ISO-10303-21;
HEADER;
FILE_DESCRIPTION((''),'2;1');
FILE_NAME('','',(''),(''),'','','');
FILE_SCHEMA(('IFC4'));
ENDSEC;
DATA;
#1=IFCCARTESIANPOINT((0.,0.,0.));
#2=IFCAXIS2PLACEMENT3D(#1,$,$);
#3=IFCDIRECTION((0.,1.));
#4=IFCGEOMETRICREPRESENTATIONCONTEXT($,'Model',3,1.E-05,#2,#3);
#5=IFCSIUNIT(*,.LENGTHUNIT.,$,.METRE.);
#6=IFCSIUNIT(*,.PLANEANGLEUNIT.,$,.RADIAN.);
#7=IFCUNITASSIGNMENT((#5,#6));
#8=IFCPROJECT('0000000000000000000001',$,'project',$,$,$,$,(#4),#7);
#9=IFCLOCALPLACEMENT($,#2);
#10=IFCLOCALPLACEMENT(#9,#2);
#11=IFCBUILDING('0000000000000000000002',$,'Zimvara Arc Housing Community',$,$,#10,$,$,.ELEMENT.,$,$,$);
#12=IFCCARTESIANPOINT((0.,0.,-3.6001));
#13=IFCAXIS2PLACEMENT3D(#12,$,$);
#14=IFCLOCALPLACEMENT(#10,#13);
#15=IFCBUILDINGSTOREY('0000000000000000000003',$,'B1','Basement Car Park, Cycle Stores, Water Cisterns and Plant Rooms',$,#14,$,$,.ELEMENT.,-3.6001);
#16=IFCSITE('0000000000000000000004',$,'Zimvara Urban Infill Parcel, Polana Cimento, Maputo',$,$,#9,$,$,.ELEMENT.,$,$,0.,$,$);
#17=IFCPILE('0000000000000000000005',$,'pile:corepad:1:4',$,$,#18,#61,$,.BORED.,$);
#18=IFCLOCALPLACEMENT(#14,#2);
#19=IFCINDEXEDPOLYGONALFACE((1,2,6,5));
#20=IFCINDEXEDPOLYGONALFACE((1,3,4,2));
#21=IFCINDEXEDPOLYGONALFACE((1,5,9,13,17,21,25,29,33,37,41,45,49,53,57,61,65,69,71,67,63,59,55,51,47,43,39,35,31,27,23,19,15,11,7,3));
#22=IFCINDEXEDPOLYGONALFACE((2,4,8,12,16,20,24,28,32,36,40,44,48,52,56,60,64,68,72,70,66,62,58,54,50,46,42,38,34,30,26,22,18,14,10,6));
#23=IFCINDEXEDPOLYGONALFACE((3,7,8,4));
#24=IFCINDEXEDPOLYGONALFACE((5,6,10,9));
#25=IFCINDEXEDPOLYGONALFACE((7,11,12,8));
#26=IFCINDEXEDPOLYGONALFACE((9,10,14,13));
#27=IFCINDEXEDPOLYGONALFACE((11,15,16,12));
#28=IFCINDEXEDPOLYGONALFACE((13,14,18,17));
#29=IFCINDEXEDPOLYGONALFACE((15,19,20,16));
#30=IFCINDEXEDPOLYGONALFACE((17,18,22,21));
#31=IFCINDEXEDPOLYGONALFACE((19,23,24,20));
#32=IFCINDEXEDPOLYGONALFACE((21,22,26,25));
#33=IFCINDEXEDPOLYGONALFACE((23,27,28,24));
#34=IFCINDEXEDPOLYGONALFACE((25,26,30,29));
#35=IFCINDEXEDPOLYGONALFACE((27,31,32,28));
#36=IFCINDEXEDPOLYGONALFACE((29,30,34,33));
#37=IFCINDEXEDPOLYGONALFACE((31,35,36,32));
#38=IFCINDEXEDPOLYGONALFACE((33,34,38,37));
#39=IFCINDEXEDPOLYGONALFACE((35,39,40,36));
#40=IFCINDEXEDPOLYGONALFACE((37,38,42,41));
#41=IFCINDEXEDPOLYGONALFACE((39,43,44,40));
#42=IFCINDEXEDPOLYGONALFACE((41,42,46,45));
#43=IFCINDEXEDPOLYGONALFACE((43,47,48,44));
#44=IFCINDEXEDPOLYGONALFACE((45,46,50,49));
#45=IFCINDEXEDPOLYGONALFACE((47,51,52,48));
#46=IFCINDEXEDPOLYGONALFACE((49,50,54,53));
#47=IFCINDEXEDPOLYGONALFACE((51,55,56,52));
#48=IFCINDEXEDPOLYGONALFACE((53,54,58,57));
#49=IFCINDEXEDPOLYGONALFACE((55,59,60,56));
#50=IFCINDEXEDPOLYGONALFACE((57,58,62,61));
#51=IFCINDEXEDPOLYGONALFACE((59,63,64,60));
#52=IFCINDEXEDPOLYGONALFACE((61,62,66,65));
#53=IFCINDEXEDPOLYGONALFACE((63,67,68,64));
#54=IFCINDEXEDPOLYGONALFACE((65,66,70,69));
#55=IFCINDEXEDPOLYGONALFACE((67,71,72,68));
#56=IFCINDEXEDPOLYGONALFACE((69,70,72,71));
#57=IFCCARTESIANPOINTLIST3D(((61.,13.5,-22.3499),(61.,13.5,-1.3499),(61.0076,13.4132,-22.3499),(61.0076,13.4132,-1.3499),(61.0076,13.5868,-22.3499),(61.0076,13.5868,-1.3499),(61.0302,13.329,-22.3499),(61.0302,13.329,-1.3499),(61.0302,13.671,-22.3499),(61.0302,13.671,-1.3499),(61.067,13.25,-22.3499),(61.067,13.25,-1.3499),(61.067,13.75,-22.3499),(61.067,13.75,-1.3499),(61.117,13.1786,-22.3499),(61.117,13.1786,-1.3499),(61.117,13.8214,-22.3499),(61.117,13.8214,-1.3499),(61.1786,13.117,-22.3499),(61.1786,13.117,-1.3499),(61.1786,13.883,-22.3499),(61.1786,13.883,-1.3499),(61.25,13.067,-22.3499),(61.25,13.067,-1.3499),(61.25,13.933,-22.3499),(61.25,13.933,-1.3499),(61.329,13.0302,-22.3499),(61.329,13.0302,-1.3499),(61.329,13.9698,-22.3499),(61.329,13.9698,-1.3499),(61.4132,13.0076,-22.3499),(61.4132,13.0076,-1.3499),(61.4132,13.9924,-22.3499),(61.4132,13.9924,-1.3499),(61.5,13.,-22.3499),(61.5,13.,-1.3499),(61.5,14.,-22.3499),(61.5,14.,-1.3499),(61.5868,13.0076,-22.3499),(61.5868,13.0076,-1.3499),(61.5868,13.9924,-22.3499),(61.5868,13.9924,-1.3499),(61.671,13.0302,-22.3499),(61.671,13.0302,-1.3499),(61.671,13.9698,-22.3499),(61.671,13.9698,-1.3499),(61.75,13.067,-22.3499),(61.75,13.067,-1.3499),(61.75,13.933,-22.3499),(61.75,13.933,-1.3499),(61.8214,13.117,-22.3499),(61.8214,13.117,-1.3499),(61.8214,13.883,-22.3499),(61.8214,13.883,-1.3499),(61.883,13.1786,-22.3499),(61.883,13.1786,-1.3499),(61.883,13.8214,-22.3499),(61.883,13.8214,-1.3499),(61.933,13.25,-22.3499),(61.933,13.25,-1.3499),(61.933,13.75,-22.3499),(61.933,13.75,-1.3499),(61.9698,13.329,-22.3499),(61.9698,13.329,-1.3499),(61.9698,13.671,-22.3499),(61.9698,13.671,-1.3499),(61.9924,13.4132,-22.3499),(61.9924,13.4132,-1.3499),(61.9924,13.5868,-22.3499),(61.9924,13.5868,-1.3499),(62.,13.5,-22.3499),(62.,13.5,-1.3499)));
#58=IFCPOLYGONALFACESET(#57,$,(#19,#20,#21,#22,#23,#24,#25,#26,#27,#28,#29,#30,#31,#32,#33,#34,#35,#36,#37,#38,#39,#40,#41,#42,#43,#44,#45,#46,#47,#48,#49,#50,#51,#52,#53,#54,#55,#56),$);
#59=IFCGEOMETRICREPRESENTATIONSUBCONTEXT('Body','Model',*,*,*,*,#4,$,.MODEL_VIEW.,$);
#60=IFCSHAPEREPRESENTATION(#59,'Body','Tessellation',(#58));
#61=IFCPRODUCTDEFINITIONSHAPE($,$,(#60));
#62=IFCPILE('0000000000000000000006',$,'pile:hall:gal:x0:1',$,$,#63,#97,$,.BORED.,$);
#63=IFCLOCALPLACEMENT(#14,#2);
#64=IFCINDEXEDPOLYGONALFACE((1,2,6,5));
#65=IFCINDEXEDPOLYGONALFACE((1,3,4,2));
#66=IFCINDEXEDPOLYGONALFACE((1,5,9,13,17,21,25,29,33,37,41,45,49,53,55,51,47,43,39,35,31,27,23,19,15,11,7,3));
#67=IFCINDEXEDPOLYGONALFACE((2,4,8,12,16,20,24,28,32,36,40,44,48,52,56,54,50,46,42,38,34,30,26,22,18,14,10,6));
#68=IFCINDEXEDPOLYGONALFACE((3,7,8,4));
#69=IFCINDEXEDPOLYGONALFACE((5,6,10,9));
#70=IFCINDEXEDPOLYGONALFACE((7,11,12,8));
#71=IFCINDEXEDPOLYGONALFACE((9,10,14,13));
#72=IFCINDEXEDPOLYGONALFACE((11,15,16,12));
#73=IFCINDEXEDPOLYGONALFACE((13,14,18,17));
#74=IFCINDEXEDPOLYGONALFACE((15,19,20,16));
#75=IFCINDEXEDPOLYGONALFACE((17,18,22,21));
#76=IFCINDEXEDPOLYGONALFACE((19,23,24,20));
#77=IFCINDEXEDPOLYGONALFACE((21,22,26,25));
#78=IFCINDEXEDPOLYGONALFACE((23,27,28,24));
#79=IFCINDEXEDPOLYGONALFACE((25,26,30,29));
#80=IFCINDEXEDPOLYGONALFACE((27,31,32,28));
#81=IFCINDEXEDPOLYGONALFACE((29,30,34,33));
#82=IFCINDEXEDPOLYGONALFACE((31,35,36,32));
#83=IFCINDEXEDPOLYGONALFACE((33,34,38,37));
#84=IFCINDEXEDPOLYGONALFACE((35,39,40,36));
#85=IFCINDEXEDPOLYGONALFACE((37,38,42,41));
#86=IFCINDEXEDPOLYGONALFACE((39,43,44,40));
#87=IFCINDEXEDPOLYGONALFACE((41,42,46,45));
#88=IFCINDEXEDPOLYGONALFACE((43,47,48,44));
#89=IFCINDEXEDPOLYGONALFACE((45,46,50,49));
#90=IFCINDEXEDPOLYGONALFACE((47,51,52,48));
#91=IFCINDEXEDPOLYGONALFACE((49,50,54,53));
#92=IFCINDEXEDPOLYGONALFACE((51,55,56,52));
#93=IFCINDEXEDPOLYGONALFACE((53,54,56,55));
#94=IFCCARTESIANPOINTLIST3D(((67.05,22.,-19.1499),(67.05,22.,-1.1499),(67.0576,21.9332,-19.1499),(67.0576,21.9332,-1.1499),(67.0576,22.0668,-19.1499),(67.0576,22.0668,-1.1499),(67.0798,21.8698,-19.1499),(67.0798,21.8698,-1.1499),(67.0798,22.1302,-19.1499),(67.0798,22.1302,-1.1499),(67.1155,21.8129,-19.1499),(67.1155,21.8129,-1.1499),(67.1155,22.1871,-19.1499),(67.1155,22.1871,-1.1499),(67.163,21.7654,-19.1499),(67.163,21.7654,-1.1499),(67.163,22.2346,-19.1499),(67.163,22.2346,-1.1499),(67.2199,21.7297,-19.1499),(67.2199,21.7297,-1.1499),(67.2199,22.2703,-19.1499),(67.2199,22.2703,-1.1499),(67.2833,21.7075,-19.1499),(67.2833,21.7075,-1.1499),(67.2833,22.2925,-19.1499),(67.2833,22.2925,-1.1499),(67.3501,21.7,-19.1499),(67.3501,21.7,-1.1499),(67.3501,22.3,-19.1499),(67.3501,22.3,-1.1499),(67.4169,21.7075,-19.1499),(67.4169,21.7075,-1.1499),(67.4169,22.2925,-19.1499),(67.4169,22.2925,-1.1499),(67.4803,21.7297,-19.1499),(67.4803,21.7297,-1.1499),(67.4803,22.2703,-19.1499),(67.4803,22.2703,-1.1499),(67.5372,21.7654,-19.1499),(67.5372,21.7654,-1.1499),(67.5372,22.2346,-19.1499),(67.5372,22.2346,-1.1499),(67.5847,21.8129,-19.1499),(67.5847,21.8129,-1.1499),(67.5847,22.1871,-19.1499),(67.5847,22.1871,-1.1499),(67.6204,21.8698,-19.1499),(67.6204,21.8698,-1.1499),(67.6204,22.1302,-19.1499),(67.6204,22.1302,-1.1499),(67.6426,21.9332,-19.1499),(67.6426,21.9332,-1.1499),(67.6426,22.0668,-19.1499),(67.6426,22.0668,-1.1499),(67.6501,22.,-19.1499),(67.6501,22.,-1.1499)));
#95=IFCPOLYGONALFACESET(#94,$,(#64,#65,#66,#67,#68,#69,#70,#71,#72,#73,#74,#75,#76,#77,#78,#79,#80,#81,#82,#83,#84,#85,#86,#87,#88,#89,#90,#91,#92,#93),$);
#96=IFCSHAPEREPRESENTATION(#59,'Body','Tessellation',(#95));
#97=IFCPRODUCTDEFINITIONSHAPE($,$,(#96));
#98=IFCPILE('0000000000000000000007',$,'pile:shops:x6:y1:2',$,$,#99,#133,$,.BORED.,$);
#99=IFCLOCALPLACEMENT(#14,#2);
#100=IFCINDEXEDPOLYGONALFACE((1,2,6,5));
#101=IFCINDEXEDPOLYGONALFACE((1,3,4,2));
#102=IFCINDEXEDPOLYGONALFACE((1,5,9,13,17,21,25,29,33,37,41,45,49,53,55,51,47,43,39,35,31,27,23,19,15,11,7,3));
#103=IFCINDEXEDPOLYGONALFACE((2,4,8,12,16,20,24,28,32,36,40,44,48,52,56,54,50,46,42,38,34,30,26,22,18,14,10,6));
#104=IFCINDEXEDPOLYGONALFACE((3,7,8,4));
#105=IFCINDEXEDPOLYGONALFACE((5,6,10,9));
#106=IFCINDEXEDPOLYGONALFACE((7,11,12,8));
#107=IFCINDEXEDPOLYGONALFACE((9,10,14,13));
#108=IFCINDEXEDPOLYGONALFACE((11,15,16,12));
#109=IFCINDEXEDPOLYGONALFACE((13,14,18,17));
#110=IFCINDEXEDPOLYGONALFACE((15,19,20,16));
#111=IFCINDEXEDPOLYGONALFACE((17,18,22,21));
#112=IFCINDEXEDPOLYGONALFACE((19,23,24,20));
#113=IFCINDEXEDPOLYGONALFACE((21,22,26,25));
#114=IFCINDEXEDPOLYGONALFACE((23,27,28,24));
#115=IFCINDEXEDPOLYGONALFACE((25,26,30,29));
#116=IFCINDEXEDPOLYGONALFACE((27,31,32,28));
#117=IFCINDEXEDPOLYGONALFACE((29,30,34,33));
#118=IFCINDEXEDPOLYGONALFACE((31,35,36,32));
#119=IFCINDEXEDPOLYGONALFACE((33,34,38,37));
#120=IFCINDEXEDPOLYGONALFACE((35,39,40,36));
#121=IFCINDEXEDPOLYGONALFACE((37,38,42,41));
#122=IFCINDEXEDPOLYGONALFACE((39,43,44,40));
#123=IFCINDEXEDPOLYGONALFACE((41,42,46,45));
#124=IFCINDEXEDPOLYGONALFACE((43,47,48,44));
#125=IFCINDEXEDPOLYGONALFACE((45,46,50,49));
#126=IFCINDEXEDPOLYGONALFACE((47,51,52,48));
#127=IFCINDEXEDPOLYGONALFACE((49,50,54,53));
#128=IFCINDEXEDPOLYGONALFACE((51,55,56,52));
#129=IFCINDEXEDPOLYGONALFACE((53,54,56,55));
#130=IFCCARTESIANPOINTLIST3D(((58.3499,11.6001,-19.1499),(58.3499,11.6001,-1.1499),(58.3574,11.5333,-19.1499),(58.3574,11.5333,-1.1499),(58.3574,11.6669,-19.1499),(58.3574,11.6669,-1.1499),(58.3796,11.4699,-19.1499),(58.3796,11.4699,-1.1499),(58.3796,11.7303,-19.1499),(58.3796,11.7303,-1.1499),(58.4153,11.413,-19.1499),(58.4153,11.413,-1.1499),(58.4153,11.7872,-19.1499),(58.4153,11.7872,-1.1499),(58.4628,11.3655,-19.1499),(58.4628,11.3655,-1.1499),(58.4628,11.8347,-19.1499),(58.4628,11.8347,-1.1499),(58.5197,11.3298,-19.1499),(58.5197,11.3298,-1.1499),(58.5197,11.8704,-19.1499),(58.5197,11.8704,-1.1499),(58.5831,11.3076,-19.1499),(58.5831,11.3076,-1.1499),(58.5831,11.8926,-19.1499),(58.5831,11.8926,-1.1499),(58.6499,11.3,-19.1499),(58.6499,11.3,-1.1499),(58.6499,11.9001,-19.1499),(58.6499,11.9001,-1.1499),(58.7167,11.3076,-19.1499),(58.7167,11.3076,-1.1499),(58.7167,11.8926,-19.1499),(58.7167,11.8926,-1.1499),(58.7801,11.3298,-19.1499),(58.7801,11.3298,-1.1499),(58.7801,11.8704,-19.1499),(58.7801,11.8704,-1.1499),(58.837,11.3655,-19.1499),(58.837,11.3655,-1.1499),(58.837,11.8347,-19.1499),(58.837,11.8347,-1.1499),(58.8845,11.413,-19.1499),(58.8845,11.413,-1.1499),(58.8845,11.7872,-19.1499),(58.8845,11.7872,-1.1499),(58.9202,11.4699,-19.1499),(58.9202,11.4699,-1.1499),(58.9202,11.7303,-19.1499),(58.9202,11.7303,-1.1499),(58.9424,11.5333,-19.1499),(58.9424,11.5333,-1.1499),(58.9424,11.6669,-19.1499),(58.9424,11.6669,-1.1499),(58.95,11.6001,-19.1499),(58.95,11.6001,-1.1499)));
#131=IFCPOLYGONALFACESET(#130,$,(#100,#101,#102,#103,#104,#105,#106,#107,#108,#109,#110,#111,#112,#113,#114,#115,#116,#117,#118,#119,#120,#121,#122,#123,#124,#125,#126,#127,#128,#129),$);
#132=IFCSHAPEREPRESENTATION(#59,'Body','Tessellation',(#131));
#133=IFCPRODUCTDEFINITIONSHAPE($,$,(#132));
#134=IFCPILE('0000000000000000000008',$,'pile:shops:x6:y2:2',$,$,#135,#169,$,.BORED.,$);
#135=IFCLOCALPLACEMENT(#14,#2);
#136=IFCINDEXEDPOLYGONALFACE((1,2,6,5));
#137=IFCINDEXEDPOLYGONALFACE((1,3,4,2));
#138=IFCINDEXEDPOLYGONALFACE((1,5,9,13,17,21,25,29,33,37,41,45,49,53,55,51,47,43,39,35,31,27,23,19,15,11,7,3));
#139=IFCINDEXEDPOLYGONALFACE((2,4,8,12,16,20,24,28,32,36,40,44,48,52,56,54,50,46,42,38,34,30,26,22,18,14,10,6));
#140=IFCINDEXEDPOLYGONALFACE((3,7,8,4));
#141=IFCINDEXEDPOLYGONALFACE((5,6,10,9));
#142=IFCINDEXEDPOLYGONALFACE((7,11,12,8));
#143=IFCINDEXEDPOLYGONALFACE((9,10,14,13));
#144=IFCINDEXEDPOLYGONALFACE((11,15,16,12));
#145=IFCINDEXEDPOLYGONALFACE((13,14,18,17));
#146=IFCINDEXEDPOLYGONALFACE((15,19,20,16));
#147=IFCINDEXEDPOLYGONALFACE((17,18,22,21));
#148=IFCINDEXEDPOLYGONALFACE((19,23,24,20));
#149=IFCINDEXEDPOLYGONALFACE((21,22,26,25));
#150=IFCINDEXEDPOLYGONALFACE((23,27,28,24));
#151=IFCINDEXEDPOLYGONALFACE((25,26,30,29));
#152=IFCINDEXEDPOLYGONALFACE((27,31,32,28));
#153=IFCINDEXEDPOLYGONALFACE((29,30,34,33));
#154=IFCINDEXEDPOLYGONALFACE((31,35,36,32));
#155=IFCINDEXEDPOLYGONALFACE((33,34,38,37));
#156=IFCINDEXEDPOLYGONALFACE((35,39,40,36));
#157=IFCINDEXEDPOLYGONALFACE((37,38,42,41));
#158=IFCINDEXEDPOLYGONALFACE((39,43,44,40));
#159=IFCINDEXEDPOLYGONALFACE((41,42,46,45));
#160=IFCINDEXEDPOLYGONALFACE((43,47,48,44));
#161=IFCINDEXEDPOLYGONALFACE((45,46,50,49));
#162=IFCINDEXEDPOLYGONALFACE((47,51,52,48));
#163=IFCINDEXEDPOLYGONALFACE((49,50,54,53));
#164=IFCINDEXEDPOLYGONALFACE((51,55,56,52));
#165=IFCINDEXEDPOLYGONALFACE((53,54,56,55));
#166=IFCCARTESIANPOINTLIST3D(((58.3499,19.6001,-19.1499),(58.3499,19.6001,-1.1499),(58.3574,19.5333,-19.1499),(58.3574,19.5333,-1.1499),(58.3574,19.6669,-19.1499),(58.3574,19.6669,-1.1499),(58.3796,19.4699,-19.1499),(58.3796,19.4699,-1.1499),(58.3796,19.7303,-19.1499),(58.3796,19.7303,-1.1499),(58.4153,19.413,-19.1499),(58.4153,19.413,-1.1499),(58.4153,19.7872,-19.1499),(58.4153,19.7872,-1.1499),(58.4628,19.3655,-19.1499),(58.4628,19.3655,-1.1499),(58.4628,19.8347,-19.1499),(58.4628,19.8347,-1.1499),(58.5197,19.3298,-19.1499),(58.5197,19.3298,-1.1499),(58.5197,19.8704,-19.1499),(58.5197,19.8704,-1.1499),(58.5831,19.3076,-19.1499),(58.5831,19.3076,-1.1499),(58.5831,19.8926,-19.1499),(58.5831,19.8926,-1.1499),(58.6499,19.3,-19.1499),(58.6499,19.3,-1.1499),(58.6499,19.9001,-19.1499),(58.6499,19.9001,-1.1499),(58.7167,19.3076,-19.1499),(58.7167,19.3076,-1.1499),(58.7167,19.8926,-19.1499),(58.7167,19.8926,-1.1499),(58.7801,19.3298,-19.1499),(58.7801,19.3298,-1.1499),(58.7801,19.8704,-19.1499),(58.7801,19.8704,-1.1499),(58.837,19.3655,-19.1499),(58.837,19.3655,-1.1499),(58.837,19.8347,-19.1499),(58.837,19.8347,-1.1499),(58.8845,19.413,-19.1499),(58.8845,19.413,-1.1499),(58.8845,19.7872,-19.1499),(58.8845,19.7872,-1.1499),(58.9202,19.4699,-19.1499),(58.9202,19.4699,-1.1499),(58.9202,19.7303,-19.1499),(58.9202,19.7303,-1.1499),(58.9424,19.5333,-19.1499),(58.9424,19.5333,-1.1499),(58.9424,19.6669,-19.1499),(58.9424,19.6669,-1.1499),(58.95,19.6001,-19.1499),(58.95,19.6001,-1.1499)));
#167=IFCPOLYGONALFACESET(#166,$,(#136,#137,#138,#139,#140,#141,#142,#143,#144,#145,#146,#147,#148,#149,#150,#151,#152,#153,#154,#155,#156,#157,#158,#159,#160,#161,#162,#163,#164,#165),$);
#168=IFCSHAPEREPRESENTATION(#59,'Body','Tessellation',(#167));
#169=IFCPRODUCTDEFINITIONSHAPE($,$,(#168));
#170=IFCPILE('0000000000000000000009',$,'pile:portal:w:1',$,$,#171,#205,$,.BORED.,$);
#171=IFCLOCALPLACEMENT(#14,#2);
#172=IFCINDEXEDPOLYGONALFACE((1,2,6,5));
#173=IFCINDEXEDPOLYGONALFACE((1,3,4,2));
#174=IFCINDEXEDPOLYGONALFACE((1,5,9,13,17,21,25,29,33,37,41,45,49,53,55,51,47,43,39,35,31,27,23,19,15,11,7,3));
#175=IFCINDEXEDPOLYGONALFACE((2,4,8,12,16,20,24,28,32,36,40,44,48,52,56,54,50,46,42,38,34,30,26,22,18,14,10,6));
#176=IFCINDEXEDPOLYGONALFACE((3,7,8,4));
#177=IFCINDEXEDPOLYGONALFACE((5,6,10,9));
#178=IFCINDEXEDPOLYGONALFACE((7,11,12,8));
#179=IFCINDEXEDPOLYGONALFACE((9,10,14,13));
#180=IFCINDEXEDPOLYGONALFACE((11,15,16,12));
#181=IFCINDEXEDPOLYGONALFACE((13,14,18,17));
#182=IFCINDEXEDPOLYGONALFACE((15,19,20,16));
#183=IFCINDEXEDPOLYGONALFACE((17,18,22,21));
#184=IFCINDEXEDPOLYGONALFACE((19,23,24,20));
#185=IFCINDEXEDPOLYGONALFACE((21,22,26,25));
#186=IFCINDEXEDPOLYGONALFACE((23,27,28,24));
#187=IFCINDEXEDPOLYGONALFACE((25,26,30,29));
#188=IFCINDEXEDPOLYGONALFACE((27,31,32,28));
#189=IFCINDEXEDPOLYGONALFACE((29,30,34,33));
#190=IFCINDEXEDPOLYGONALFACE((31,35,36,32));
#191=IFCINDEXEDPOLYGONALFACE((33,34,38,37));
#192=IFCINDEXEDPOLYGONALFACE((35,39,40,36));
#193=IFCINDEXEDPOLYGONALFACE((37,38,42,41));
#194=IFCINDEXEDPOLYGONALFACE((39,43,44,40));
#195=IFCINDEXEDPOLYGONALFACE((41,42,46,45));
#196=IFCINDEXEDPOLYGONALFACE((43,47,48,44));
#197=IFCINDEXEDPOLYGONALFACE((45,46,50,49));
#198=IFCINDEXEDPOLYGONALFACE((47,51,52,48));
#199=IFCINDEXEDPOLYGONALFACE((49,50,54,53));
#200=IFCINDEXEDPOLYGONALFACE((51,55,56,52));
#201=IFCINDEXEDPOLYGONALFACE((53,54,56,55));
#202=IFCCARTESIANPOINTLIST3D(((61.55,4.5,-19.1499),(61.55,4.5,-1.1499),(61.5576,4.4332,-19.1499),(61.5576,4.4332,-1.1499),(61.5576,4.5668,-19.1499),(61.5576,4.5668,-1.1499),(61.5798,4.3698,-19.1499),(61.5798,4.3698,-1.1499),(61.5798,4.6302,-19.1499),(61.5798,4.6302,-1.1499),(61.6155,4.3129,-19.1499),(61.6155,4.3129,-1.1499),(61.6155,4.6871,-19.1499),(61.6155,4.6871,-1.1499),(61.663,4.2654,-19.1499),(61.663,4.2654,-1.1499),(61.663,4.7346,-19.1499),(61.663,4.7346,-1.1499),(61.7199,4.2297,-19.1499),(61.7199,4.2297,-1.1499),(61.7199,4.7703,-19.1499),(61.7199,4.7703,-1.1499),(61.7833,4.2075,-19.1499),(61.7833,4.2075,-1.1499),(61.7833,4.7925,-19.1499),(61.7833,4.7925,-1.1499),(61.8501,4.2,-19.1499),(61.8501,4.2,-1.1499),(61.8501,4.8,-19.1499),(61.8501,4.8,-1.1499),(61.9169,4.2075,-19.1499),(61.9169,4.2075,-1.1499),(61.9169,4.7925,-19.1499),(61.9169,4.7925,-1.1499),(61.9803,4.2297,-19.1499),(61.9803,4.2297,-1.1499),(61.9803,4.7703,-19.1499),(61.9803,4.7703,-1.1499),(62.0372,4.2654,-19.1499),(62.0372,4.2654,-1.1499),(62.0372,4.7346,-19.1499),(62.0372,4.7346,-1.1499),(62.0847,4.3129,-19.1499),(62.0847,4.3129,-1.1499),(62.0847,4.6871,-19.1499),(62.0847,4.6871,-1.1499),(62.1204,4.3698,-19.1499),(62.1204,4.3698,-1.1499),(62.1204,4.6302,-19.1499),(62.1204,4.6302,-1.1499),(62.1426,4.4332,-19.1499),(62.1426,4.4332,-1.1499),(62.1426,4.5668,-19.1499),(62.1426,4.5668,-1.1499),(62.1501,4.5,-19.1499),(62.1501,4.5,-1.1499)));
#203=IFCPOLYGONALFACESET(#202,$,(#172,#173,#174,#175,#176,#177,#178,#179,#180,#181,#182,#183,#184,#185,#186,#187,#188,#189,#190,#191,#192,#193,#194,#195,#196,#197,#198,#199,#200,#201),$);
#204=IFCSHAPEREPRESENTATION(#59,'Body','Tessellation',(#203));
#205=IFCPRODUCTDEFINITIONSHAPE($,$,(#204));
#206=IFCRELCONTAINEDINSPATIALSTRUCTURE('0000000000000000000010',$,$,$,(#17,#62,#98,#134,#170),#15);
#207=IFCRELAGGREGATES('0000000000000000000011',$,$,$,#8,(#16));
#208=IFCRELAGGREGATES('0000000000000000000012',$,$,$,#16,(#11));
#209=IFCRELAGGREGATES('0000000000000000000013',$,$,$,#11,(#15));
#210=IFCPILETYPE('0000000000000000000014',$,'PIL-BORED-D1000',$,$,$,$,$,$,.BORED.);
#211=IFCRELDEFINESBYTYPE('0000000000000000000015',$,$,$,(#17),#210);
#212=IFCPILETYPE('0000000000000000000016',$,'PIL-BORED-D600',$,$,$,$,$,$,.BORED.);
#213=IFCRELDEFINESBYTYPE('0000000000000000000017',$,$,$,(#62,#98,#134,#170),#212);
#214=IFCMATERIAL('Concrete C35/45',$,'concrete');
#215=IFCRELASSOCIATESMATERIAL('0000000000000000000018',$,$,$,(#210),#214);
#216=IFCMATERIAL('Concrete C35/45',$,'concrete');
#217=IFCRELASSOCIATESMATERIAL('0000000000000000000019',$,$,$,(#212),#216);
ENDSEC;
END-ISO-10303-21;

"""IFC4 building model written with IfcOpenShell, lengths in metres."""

from ifc_helpers import new_model, si_unit, direction, frame, origin, origin_2d, place, context, subcontext, project, spatial, circle, extrude, material, material_profile, profile_set, type_object, element, save


model = new_model("IFC4")

# Units and contexts
model_context = context("Model", 3, precision=1e-05, world=origin(), true_north=direction((0.0, 1.0)))
body_context = subcontext(model_context, "Body", "Model", "MODEL_VIEW")
ifc_project = project(units=[si_unit("LENGTHUNIT", "METRE"), si_unit("PLANEANGLEUNIT", "RADIAN")], contexts=[model_context])

# Site, building, storey
site_placement = place(None, origin())
site = spatial("IfcSite", under=ifc_project, at=site_placement, Name="Zimvara Urban Infill Parcel, Polana Cimento, Maputo", CompositionType="ELEMENT", RefElevation=0.0)
building_placement = place(site_placement, origin())
building = spatial("IfcBuilding", under=site, at=building_placement, Name="Zimvara Arc Housing Community", CompositionType="ELEMENT")
storey_placement = place(building_placement, frame((0.0, 0.0, -3.6001)))
storey = spatial("IfcBuildingStorey", under=building, at=storey_placement, Name="B1", Description="Basement Car Park, Cycle Stores, Water Cisterns and Plant Rooms", CompositionType="ELEMENT", Elevation=-3.6001)

# Piles
ifc_material_1 = material(Name="Concrete C35/45", Category="concrete")
ifc_material_profile_1 = material_profile(ifc_material_1, circle(Radius=0.5, at=origin_2d()), Name="PILE D1000")
ifc_profile_set_1 = profile_set([ifc_material_profile_1], Name="Concrete C35/45")
pile_type_1 = type_object("IfcPileType", Name="PIL-BORED-D1000", PredefinedType="BORED", material=ifc_profile_set_1)
for number, where, z_axis, x_axis, name in (
    (1, (61.5, 13.5, -1.3499), (0.0, 0.0, -1.0), (1.0, 0.0, 0.0), "pile:corepad:1:4"),
):
    element("IfcPile", number, at=place(storey_placement, frame(where, z_axis=z_axis, x_axis=x_axis)), inside=storey, type_object=pile_type_1, Name=name, PredefinedType="BORED", context=body_context, shape_type="SweptSolid", body=[
        extrude(circle(Radius=0.5, at=origin_2d()), origin(), (0.0, 0.0, 1.0), 21.0),
    ])
ifc_material_2 = material(Name="Concrete C35/45", Category="concrete")
ifc_material_profile_2 = material_profile(ifc_material_2, circle(Radius=0.3, at=origin_2d()), Name="PILE D600")
ifc_profile_set_2 = profile_set([ifc_material_profile_2], Name="Concrete C35/45")
pile_type_2 = type_object("IfcPileType", Name="PIL-BORED-D600", PredefinedType="BORED", material=ifc_profile_set_2)
for number, where, z_axis, x_axis, name in (
    (2, (67.3501, 22.0, -1.1499), (0.0, 0.0, -1.0), (1.0, 0.0, 0.0), "pile:hall:gal:x0:1"),
    (3, (58.6499, 11.6001, -1.1499), (0.0, 0.0, -1.0), (1.0, 0.0, 0.0), "pile:shops:x6:y1:2"),
    (4, (58.6499, 19.6001, -1.1499), (0.0, 0.0, -1.0), (1.0, 0.0, 0.0), "pile:shops:x6:y2:2"),
    (5, (61.8501, 4.5, -1.1499), (0.0, 0.0, -1.0), (1.0, 0.0, 0.0), "pile:portal:w:1"),
):
    element("IfcPile", number, at=place(storey_placement, frame(where, z_axis=z_axis, x_axis=x_axis)), inside=storey, type_object=pile_type_2, Name=name, PredefinedType="BORED", context=body_context, shape_type="SweptSolid", body=[
        extrude(circle(Radius=0.3, at=origin_2d()), origin(), (0.0, 0.0, 1.0), 18.0),
    ])

save(model, "model.ifc")
